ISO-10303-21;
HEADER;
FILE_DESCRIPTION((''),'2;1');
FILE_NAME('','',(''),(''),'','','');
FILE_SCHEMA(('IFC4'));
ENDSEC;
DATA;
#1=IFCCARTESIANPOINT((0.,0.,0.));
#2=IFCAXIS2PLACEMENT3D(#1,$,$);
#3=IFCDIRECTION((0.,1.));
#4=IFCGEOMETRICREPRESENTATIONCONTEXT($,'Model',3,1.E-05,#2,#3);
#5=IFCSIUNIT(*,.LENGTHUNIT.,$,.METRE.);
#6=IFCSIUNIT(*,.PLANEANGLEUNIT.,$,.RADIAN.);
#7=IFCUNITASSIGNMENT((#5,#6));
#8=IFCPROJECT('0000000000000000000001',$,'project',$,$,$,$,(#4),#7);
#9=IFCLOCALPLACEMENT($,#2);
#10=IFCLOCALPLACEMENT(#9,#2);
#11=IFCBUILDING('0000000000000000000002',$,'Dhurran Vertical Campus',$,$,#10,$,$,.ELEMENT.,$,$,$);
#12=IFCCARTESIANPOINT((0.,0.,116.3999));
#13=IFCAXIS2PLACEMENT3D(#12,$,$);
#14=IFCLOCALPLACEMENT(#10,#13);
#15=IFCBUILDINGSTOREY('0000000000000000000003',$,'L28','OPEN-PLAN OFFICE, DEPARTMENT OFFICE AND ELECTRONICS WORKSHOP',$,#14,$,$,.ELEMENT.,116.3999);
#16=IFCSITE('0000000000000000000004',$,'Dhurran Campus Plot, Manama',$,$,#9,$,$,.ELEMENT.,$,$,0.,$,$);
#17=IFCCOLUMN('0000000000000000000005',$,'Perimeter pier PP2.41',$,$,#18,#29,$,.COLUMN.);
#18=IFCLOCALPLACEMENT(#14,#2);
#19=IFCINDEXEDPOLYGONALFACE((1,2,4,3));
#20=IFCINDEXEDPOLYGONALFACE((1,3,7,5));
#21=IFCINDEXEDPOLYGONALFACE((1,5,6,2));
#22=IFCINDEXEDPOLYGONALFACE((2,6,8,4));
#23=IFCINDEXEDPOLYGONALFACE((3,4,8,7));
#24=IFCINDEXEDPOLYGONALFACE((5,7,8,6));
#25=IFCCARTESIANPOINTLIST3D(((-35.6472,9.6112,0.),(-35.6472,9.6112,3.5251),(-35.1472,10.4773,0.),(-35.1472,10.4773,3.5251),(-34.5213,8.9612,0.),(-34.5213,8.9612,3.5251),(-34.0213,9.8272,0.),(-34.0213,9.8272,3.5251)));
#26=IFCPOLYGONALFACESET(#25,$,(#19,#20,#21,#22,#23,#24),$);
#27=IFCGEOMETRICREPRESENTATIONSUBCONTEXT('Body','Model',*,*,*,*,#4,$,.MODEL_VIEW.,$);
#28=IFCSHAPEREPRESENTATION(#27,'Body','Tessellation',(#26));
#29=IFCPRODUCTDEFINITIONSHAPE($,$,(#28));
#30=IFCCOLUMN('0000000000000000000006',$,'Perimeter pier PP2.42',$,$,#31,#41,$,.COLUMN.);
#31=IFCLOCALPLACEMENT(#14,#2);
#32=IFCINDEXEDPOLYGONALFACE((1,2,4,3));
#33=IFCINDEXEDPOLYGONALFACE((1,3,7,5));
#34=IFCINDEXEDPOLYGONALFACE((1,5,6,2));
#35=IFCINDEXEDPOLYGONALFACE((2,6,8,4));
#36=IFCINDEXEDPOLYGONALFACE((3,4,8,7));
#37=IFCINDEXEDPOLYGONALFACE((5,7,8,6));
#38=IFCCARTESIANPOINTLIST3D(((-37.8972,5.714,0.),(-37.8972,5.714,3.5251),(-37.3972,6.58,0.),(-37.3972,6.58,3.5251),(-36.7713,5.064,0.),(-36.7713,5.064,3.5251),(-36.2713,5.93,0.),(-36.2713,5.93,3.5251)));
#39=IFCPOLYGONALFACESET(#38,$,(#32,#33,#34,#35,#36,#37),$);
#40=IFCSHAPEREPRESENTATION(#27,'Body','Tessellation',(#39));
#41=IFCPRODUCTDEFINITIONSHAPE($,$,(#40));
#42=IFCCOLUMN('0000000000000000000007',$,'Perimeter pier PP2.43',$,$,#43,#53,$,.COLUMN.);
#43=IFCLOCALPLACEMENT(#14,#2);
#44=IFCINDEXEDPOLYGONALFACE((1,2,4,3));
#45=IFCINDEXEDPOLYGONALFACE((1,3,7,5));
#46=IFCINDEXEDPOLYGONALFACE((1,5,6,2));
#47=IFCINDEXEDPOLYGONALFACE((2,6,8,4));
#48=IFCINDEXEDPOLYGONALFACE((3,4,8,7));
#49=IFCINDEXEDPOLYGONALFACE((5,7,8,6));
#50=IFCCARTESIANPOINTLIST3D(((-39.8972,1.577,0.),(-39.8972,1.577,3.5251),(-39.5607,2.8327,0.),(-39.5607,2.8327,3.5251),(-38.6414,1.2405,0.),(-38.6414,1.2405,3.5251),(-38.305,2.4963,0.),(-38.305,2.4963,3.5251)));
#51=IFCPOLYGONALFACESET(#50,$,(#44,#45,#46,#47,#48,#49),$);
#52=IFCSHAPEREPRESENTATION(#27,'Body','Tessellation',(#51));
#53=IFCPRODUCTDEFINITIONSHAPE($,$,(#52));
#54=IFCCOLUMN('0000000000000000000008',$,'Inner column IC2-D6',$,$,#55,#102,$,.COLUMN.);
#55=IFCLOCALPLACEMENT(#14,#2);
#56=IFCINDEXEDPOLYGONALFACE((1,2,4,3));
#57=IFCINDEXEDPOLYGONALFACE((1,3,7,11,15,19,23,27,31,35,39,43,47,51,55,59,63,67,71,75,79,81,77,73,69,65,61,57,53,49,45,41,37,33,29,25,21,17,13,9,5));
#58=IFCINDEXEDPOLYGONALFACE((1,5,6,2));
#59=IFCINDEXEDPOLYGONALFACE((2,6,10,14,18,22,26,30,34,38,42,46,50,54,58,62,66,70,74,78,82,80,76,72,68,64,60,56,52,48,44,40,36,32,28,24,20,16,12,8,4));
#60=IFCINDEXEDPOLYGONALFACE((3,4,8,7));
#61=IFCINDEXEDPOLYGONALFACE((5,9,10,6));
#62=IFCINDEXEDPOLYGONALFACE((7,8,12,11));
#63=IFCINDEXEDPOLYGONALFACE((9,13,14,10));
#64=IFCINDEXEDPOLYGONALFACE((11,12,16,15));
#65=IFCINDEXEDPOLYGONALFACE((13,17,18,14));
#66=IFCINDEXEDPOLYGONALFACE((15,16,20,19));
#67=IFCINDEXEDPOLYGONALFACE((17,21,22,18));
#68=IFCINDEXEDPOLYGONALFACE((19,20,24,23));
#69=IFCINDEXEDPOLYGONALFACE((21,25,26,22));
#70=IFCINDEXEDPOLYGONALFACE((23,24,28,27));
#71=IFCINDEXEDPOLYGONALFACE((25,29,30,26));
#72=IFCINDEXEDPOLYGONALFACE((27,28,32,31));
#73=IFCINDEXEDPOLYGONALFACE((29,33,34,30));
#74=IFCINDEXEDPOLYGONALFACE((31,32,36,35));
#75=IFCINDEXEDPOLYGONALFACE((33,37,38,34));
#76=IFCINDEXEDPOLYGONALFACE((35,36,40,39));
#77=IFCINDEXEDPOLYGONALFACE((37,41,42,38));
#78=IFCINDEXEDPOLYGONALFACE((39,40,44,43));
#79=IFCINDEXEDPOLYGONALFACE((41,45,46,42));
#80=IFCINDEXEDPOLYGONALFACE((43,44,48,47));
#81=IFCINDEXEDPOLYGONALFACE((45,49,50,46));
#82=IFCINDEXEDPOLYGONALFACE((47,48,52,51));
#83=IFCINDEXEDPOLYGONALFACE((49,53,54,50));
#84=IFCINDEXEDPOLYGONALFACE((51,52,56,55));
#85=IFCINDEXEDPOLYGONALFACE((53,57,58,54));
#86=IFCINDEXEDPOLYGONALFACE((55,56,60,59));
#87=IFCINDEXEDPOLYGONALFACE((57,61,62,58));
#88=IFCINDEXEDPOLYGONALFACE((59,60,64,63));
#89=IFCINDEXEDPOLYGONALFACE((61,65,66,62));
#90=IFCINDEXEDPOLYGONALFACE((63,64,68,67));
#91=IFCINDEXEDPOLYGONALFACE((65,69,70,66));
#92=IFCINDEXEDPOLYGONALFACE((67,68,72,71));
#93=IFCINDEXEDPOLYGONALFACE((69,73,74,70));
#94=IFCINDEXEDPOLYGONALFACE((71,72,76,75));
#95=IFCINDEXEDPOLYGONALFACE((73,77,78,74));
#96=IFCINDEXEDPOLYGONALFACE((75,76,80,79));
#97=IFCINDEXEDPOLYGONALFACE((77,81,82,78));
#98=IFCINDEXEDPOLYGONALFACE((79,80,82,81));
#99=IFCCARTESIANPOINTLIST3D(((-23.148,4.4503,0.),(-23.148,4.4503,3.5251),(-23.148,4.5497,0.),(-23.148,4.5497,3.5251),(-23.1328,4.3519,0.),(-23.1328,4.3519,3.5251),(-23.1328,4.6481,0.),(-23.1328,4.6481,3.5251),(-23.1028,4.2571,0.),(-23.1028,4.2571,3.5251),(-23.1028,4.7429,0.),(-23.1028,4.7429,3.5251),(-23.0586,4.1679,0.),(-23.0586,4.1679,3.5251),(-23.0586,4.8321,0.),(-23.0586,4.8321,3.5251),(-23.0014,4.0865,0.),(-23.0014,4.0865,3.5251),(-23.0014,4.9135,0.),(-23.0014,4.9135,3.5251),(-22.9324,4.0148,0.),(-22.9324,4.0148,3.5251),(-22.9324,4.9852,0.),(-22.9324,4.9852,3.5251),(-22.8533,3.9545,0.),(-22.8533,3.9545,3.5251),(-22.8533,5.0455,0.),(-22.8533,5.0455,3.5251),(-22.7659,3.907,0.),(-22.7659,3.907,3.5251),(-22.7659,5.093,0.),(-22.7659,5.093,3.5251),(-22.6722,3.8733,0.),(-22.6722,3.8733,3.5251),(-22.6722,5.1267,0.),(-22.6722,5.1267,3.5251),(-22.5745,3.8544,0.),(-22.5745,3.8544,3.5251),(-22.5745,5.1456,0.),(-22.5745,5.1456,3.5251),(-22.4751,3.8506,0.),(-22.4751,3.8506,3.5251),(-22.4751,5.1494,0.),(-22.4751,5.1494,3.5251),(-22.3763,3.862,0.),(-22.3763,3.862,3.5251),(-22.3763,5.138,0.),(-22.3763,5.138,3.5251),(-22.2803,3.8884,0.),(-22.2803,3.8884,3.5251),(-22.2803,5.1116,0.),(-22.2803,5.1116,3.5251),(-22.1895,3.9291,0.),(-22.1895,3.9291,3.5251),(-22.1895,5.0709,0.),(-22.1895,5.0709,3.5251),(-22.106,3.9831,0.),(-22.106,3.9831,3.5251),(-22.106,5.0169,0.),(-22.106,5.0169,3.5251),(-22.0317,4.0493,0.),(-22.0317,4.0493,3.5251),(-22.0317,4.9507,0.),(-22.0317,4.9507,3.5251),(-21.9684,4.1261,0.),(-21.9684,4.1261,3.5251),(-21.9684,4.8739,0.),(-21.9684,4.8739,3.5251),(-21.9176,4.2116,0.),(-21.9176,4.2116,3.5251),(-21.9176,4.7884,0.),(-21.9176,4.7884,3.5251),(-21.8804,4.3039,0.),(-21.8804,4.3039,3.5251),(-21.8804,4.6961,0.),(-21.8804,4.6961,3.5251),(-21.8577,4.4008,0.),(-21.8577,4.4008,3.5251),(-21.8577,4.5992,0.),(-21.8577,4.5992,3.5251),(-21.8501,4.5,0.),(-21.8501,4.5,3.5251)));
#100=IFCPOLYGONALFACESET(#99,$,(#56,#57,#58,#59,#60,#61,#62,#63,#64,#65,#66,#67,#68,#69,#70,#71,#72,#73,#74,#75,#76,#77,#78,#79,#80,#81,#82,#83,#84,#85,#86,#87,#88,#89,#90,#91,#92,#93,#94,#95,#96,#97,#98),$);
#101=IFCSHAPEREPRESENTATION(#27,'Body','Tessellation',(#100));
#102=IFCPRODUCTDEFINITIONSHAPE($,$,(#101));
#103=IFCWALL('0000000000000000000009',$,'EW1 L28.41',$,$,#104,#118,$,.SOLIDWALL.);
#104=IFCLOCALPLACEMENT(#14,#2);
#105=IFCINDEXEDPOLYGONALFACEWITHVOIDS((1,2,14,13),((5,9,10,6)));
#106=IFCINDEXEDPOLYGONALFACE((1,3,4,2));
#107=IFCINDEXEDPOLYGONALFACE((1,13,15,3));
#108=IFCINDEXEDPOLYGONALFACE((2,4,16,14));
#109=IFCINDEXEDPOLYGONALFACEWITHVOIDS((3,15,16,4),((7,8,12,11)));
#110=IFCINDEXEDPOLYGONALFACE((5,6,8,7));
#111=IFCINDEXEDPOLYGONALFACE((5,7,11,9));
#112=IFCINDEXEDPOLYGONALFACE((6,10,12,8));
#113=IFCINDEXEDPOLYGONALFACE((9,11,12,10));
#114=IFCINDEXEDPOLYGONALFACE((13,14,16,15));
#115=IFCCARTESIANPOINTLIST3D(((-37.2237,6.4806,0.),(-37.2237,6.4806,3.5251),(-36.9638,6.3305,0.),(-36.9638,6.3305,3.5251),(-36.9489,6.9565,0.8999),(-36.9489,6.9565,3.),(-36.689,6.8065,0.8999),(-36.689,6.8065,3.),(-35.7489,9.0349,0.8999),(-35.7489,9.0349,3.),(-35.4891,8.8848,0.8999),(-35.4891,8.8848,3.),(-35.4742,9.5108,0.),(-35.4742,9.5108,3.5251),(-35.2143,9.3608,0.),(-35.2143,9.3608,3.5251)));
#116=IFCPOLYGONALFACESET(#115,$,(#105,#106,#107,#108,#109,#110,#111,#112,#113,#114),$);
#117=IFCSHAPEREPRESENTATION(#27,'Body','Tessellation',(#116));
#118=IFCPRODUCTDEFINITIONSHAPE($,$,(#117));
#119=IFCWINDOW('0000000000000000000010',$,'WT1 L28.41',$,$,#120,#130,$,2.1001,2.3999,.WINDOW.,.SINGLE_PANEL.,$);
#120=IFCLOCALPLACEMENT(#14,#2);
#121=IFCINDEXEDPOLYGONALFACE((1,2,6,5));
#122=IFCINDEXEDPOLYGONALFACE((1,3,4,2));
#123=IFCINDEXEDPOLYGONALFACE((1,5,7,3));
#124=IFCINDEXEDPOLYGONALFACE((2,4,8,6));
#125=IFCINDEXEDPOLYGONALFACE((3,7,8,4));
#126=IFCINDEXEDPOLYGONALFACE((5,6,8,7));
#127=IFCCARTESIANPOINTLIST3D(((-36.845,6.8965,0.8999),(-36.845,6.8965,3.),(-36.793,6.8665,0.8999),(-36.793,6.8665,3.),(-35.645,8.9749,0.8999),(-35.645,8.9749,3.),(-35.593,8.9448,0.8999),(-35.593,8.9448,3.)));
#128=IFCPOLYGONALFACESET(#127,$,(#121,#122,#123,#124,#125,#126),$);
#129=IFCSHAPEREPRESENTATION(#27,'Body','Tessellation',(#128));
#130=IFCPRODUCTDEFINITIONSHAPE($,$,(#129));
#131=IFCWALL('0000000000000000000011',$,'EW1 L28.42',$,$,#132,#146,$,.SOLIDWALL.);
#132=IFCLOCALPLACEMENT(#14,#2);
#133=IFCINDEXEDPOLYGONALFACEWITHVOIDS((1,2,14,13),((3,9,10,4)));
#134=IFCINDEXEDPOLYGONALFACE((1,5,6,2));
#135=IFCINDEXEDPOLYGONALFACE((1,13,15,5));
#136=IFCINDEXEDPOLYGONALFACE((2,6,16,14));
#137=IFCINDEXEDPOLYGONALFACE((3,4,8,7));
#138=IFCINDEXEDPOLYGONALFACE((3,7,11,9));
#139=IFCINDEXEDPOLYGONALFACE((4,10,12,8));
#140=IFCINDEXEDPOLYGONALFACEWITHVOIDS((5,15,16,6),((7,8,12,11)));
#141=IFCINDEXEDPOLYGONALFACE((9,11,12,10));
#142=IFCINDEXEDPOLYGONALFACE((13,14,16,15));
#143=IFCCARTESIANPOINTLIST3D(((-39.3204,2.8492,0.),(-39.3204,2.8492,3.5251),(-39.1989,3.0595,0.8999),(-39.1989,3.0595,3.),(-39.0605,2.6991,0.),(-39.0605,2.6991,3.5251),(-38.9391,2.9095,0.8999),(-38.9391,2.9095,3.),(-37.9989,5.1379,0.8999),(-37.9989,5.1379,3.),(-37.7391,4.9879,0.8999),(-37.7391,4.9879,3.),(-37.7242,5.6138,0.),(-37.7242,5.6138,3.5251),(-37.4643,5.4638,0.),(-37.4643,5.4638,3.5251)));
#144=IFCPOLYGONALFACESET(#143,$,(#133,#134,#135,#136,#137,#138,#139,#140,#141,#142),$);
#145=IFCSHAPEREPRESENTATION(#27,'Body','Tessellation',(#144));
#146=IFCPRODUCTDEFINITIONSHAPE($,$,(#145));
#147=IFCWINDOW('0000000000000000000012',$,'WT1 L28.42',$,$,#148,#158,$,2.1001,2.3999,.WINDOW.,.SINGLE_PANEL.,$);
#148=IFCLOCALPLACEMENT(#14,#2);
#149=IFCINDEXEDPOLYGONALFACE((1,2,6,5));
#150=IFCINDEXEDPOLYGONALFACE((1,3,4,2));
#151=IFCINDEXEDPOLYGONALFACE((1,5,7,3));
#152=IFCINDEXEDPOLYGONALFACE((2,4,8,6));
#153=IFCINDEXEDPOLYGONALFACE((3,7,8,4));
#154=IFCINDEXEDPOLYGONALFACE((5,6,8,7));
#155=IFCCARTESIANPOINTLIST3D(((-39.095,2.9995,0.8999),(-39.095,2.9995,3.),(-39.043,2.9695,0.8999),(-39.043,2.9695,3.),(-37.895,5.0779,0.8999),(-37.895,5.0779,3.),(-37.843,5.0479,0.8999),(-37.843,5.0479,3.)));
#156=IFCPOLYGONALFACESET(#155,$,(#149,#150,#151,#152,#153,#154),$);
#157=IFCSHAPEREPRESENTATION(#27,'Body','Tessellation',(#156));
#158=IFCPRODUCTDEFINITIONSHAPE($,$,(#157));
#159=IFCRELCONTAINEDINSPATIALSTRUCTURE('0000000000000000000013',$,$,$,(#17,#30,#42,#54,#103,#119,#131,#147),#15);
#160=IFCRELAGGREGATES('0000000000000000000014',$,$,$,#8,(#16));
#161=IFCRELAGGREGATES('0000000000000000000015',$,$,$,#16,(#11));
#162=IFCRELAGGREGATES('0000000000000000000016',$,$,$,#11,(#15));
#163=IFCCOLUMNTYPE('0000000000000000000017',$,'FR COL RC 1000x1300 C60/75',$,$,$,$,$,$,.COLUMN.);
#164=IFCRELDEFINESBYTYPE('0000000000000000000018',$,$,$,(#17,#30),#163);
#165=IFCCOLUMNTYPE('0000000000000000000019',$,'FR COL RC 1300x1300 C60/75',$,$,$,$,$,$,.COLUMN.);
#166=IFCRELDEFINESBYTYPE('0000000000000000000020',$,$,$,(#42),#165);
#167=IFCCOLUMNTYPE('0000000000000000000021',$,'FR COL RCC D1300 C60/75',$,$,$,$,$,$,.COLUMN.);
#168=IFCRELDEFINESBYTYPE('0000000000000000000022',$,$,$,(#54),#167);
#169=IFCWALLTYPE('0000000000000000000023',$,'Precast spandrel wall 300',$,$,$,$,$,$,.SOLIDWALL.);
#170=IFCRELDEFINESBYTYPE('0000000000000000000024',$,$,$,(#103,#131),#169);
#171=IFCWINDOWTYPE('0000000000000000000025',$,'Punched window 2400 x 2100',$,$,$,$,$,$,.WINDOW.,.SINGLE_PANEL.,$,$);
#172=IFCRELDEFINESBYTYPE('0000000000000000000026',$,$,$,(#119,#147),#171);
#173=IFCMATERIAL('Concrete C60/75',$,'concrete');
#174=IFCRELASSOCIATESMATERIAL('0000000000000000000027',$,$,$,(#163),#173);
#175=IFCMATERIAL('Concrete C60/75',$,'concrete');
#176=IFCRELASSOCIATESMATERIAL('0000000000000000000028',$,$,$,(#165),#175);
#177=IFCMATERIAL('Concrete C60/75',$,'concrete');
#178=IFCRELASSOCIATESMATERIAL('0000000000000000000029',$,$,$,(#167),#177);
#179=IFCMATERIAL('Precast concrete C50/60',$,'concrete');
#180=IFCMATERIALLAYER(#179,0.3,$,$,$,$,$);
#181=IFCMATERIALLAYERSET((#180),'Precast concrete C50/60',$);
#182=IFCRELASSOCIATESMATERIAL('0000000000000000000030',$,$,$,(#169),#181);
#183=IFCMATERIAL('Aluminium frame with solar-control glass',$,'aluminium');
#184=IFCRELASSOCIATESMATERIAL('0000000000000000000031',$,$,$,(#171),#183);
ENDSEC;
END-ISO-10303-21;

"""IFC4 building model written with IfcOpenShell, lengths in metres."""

from ifc_helpers import new_model, si_unit, direction, frame, frame_2d, origin, origin_2d, place, context, subcontext, project, spatial, rectangle, circle, extrude, material, layer, layer_set, material_profile, profile_set, type_object, element, fill, save


model = new_model("IFC4")

# Units and contexts
model_context = context("Model", 3, precision=1e-05, world=origin(), true_north=direction((0.0, 1.0)))
body_context = subcontext(model_context, "Body", "Model", "MODEL_VIEW")
ifc_project = project(units=[si_unit("LENGTHUNIT", "METRE"), si_unit("PLANEANGLEUNIT", "RADIAN")], contexts=[model_context])

# Site, building, storey
site_placement = place(None, origin())
site = spatial("IfcSite", under=ifc_project, at=site_placement, Name="Dhurran Campus Plot, Manama", CompositionType="ELEMENT", RefElevation=0.0)
building_placement = place(site_placement, origin())
building = spatial("IfcBuilding", under=site, at=building_placement, Name="Dhurran Vertical Campus", CompositionType="ELEMENT")
storey_placement = place(building_placement, frame((0.0, 0.0, 116.3999)))
storey = spatial("IfcBuildingStorey", under=building, at=storey_placement, Name="L28", Description="OPEN-PLAN OFFICE, DEPARTMENT OFFICE AND ELECTRONICS WORKSHOP", CompositionType="ELEMENT", Elevation=116.3999)

# Columns
ifc_material_1 = material(Name="Concrete C60/75", Category="concrete")
ifc_material_profile_1 = material_profile(ifc_material_1, rectangle(XDim=1.0, YDim=1.3, at=origin_2d()), Name="RC 1000x1300")
ifc_profile_set_1 = profile_set([ifc_material_profile_1], Name="Concrete C60/75")
column_type_1 = type_object("IfcColumnType", Name="FR COL RC 1000x1300 C60/75", PredefinedType="COLUMN", material=ifc_profile_set_1)
for number, where, z_axis, x_axis, name in (
    (1, (-34.8342, 9.7192, 0.0), (0.0, 0.0, 1.0), (-0.5, -0.866025, 0.0), "Perimeter pier PP2.41"),
    (2, (-37.0842, 5.822, 0.0), (0.0, 0.0, 1.0), (-0.5, -0.866025, 0.0), "Perimeter pier PP2.42"),
):
    element("IfcColumn", number, at=place(storey_placement, frame(where, z_axis=z_axis, x_axis=x_axis)), inside=storey, type_object=column_type_1, Name=name, PredefinedType="COLUMN", context=body_context, shape_type="SweptSolid", body=[
        extrude(rectangle(XDim=1.0, YDim=1.3, at=origin_2d()), origin(), (0.0, 0.0, 1.0), 3.5251),
    ])
ifc_material_2 = material(Name="Concrete C60/75", Category="concrete")
ifc_material_profile_2 = material_profile(ifc_material_2, rectangle(XDim=1.3, YDim=1.3, at=origin_2d()), Name="RC 1300x1300")
ifc_profile_set_2 = profile_set([ifc_material_profile_2], Name="Concrete C60/75")
column_type_2 = type_object("IfcColumnType", Name="FR COL RC 1300x1300 C60/75", PredefinedType="COLUMN", material=ifc_profile_set_2)
column_1_placement = place(storey_placement, frame((-39.1011, 2.0366, 0.0), z_axis=(0.0, 0.0, 1.0), x_axis=(-0.258819, -0.965926, 0.0)))
element("IfcColumn", 3, at=column_1_placement, inside=storey, type_object=column_type_2, Name="Perimeter pier PP2.43", PredefinedType="COLUMN", context=body_context, shape_type="SweptSolid", body=[
    extrude(rectangle(XDim=1.3, YDim=1.3, at=origin_2d()), origin(), (0.0, 0.0, 1.0), 3.5251),
])
ifc_material_3 = material(Name="Concrete C60/75", Category="concrete")
ifc_material_profile_3 = material_profile(ifc_material_3, circle(Radius=0.6499, at=origin_2d()), Name="RCC D1300")
ifc_profile_set_3 = profile_set([ifc_material_profile_3], Name="Concrete C60/75")
column_type_3 = type_object("IfcColumnType", Name="FR COL RCC D1300 C60/75", PredefinedType="COLUMN", material=ifc_profile_set_3)
column_2_placement = place(storey_placement, frame((-22.5, 4.5, 0.0), z_axis=(0.0, 0.0, 1.0), x_axis=(1.0, 0.0, 0.0)))
element("IfcColumn", 4, at=column_2_placement, inside=storey, type_object=column_type_3, Name="Inner column IC2-D6", PredefinedType="COLUMN", context=body_context, shape_type="SweptSolid", body=[
    extrude(circle(Radius=0.6499, at=origin_2d()), origin(), (0.0, 0.0, 1.0), 3.5251),
])

# Walls, openings, windows
ifc_material_4 = material(Name="Precast concrete C50/60", Category="concrete")
ifc_layer_1 = layer(ifc_material_4, 0.3)
ifc_layer_set_1 = layer_set([ifc_layer_1], Name="Precast concrete C50/60")
wall_type_1 = type_object("IfcWallType", Name="Precast spandrel wall 300", PredefinedType="SOLIDWALL", material=ifc_layer_set_1)
wall_1_placement = place(storey_placement, frame((-35.3442, 9.4358, 0.0), z_axis=(0.0, 0.0, 1.0), x_axis=(-0.499996, -0.866028, 0.0)))
wall_1 = element("IfcWall", 5, at=wall_1_placement, inside=storey, type_object=wall_type_1, Name="EW1 L28.41", PredefinedType="SOLIDWALL", context=body_context, shape_type="SweptSolid", body=[
    extrude(rectangle(XDim=3.499, YDim=0.3, at=frame_2d((1.7495, 0.0))), origin(), (0.0, 0.0, 1.0), 3.5251),
])
opening_1_placement = place(wall_1_placement, frame((0.5496, 0.0, 0.8999)))
opening_1 = element("IfcOpeningElement", 6, at=opening_1_placement, cuts=wall_1, PredefinedType="OPENING", context=body_context, shape_type="SweptSolid", body=[
    extrude(rectangle(XDim=2.3999, YDim=2.1001, at=frame_2d((1.2, 1.05))), frame((0.0, 0.1599, 0.0), z_axis=(0.0, -1.0, 0.0), x_axis=(1.0, 0.0, 0.0)), (0.0, 0.0, 1.0), 0.3201),
])
ifc_material_5 = material(Name="Aluminium frame with solar-control glass", Category="aluminium")
window_type = type_object("IfcWindowType", Name="Punched window 2400 x 2100", PartitioningType="SINGLE_PANEL", PredefinedType="WINDOW", material=ifc_material_5)
window_1_placement = place(opening_1_placement, origin())
window_1 = element("IfcWindow", 7, at=window_1_placement, inside=storey, type_object=window_type, Name="WT1 L28.41", OverallHeight=2.1001, OverallWidth=2.3999, PartitioningType="SINGLE_PANEL", PredefinedType="WINDOW", context=body_context, shape_type="SweptSolid", body=[
    extrude(rectangle(XDim=2.3999, YDim=2.1001, at=frame_2d((1.2, 1.05))), frame((0.0, 0.03, 0.0), z_axis=(0.0, -1.0, 0.0), x_axis=(1.0, 0.0, 0.0)), (0.0, 0.0, 1.0), 0.0601),
])
fill(opening_1, window_1)
wall_2_placement = place(storey_placement, frame((-37.5942, 5.5388, 0.0), z_axis=(0.0, 0.0, 1.0), x_axis=(-0.500005, -0.866023, 0.0)))
wall_2 = element("IfcWall", 8, at=wall_2_placement, inside=storey, type_object=wall_type_1, Name="EW1 L28.42", PredefinedType="SOLIDWALL", context=body_context, shape_type="SweptSolid", body=[
    extrude(rectangle(XDim=3.1924, YDim=0.3, at=frame_2d((1.5962, 0.0))), origin(), (0.0, 0.0, 1.0), 3.5251),
])
opening_2_placement = place(wall_2_placement, frame((0.5496, 0.0, 0.8999)))
opening_2 = element("IfcOpeningElement", 9, at=opening_2_placement, cuts=wall_2, PredefinedType="OPENING", context=body_context, shape_type="SweptSolid", body=[
    extrude(rectangle(XDim=2.3999, YDim=2.1001, at=frame_2d((1.2, 1.05))), frame((0.0, 0.1599, 0.0), z_axis=(0.0, -1.0, 0.0), x_axis=(1.0, 0.0, 0.0)), (0.0, 0.0, 1.0), 0.3201),
])
window_2_placement = place(opening_2_placement, origin())
window_2 = element("IfcWindow", 10, at=window_2_placement, inside=storey, type_object=window_type, Name="WT1 L28.42", OverallHeight=2.1001, OverallWidth=2.3999, PartitioningType="SINGLE_PANEL", PredefinedType="WINDOW", context=body_context, shape_type="SweptSolid", body=[
    extrude(rectangle(XDim=2.3999, YDim=2.1001, at=frame_2d((1.2, 1.05))), frame((0.0, 0.03, 0.0), z_axis=(0.0, -1.0, 0.0), x_axis=(1.0, 0.0, 0.0)), (0.0, 0.0, 1.0), 0.0601),
])
fill(opening_2, window_2)

save(model, "model.ifc")
